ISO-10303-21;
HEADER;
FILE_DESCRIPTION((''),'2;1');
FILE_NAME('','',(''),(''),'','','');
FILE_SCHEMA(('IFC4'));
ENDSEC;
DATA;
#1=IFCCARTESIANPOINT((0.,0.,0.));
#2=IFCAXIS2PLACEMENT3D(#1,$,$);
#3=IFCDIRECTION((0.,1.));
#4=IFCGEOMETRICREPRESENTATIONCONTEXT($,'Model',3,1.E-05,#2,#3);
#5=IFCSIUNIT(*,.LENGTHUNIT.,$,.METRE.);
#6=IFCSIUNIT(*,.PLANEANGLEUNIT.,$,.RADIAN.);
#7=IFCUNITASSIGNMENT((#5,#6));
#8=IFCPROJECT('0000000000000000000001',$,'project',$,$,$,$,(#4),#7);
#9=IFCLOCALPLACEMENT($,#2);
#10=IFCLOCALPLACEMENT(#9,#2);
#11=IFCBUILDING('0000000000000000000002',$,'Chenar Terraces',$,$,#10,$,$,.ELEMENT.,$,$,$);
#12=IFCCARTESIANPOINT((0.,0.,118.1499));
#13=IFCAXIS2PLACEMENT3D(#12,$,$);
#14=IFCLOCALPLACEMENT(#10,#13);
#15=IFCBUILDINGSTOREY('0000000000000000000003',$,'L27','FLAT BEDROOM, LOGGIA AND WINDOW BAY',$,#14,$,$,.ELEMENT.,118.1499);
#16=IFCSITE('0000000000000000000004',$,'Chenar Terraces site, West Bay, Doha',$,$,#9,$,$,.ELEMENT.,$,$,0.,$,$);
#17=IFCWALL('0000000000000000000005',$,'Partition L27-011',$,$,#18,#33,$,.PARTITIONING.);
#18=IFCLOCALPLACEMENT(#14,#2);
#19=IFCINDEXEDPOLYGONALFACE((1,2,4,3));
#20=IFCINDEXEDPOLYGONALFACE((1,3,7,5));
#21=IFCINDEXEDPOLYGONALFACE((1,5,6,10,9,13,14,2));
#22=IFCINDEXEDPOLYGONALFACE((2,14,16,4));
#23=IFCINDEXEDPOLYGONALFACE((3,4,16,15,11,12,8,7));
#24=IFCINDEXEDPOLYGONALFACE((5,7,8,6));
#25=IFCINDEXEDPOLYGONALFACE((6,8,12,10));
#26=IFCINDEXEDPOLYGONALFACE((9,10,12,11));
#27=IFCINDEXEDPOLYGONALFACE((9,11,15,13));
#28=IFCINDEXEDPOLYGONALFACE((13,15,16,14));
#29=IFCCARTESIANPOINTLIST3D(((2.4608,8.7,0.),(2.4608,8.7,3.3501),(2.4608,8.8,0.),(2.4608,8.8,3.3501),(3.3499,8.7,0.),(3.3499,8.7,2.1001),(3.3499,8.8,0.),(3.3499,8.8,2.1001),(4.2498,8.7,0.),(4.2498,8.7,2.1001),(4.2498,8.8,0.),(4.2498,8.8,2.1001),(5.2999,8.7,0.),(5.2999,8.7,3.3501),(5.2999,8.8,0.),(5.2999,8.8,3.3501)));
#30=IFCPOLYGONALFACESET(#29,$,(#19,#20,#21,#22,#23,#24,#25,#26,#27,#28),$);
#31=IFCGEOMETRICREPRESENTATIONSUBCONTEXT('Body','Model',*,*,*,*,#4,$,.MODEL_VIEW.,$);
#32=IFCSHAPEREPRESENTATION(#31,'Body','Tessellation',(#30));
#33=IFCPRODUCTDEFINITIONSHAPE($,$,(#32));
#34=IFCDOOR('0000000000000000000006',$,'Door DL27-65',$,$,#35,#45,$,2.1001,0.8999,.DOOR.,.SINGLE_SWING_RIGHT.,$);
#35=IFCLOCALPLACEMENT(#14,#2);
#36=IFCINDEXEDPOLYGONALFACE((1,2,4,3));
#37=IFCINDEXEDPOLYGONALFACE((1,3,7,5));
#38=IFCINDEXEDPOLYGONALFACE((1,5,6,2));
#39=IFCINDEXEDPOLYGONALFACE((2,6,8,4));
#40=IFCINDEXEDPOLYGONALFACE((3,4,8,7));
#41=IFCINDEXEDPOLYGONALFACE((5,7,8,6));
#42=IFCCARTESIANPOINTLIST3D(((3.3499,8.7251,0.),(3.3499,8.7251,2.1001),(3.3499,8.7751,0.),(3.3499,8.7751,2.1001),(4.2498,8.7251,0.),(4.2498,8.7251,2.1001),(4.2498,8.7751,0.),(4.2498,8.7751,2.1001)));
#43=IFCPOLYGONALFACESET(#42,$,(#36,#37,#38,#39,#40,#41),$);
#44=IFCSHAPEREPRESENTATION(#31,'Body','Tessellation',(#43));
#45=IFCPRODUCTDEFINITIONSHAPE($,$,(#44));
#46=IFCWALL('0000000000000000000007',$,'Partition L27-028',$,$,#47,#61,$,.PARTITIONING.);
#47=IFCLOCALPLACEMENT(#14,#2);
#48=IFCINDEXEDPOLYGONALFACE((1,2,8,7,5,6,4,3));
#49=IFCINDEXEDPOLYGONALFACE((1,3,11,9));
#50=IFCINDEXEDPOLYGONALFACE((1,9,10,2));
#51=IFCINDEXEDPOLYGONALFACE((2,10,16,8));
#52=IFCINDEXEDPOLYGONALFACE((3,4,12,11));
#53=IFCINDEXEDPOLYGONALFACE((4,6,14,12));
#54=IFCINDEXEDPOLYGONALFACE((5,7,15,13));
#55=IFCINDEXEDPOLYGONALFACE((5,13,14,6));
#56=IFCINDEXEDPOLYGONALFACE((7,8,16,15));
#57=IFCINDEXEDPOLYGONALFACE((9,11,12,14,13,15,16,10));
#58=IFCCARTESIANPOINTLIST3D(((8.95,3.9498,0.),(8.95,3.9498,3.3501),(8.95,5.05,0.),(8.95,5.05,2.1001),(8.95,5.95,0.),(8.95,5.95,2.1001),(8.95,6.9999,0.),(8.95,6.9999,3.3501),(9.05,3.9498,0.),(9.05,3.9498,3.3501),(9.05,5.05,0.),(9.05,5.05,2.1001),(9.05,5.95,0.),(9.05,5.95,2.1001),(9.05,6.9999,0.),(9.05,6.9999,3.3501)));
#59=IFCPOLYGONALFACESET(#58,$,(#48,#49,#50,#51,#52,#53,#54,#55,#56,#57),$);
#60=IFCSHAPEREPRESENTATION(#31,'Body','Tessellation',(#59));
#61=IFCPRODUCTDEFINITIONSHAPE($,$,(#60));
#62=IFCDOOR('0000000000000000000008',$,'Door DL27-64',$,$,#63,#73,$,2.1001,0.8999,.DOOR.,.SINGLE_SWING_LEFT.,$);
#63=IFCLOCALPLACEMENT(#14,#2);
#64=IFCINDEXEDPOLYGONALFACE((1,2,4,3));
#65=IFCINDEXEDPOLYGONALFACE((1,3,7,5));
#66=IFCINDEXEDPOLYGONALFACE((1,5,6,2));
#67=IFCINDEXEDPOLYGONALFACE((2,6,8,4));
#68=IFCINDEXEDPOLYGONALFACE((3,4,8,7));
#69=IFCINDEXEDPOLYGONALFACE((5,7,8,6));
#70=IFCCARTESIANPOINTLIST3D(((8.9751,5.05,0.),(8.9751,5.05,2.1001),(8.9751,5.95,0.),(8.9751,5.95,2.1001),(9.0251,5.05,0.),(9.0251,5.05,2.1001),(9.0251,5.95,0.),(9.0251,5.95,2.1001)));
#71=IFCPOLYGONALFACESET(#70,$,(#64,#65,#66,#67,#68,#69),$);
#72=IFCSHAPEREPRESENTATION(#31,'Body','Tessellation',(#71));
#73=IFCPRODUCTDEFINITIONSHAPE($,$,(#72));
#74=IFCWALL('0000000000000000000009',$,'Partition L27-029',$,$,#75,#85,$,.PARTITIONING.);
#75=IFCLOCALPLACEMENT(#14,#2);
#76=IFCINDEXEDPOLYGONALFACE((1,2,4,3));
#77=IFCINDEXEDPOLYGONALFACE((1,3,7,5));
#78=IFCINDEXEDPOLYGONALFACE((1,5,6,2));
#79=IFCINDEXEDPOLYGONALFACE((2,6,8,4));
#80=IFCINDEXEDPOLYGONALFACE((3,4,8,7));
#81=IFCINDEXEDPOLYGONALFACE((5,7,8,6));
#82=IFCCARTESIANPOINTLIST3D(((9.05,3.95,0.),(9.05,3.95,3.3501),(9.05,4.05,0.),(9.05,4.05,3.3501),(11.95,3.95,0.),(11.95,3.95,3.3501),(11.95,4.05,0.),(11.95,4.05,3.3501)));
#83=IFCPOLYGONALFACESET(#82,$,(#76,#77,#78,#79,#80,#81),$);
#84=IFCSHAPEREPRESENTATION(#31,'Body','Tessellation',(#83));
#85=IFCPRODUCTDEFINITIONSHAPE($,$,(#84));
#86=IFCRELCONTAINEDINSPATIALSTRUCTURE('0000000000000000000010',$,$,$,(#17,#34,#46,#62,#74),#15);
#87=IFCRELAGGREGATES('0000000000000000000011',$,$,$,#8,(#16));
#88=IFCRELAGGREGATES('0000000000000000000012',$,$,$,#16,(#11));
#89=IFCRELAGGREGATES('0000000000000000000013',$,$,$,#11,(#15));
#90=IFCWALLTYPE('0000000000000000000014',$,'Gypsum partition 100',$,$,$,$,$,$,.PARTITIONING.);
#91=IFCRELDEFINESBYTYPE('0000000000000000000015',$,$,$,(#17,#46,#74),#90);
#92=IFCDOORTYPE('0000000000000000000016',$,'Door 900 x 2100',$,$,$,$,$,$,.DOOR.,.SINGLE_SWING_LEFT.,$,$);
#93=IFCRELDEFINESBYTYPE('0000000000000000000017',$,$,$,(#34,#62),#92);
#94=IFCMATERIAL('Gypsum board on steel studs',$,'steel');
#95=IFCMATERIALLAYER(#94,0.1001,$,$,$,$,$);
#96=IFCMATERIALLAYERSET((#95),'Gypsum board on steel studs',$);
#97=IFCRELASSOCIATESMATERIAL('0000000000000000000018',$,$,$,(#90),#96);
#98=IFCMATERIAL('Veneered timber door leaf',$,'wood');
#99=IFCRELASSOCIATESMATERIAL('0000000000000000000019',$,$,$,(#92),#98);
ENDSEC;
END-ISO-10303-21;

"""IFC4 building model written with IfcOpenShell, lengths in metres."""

from ifc_helpers import new_model, si_unit, direction, frame, frame_2d, origin, place, context, subcontext, project, spatial, rectangle, extrude, material, layer, layer_set, type_object, element, fill, save


model = new_model("IFC4")

# Units and contexts
model_context = context("Model", 3, precision=1e-05, world=origin(), true_north=direction((0.0, 1.0)))
body_context = subcontext(model_context, "Body", "Model", "MODEL_VIEW")
ifc_project = project(units=[si_unit("LENGTHUNIT", "METRE"), si_unit("PLANEANGLEUNIT", "RADIAN")], contexts=[model_context])

# Site, building, storey
site_placement = place(None, origin())
site = spatial("IfcSite", under=ifc_project, at=site_placement, Name="Chenar Terraces site, West Bay, Doha", CompositionType="ELEMENT", RefElevation=0.0)
building_placement = place(site_placement, origin())
building = spatial("IfcBuilding", under=site, at=building_placement, Name="Chenar Terraces", CompositionType="ELEMENT")
storey_placement = place(building_placement, frame((0.0, 0.0, 118.1499)))
storey = spatial("IfcBuildingStorey", under=building, at=storey_placement, Name="L27", Description="FLAT BEDROOM, LOGGIA AND WINDOW BAY", CompositionType="ELEMENT", Elevation=118.1499)

# Walls, openings, doors
ifc_material_1 = material(Name="Gypsum board on steel studs", Category="steel")
ifc_layer_1 = layer(ifc_material_1, 0.1001)
ifc_layer_set_1 = layer_set([ifc_layer_1], Name="Gypsum board on steel studs")
wall_type_1 = type_object("IfcWallType", Name="Gypsum partition 100", PredefinedType="PARTITIONING", material=ifc_layer_set_1)
wall_1_placement = place(storey_placement, frame((2.4609, 8.75, 0.0), z_axis=(0.0, 0.0, 1.0), x_axis=(1.0, 0.0, 0.0)))
wall_1 = element("IfcWall", 1, at=wall_1_placement, inside=storey, type_object=wall_type_1, Name="Partition L27-011", PredefinedType="PARTITIONING", context=body_context, shape_type="SweptSolid", body=[
    extrude(rectangle(XDim=2.8391, YDim=0.1001, at=frame_2d((1.4194, 0.0))), origin(), (0.0, 0.0, 1.0), 3.3501),
])
opening_1_placement = place(wall_1_placement, frame((0.8889, 0.0, 0.0)))
opening_1 = element("IfcOpeningElement", 2, at=opening_1_placement, cuts=wall_1, PredefinedType="OPENING", context=body_context, shape_type="SweptSolid", body=[
    extrude(rectangle(XDim=0.8999, YDim=2.1001, at=frame_2d((0.45, 1.05))), frame((0.0, 0.0601, 0.0), z_axis=(0.0, -1.0, 0.0), x_axis=(1.0, 0.0, 0.0)), (0.0, 0.0, 1.0), 0.1201),
])
ifc_material_2 = material(Name="Veneered timber door leaf", Category="wood")
door_type_1 = type_object("IfcDoorType", Name="Door 900 x 2100", OperationType="SINGLE_SWING_LEFT", PredefinedType="DOOR", material=ifc_material_2)
door_1_placement = place(opening_1_placement, frame((0.8999, 0.0, 0.0), z_axis=(0.0, 0.0, 1.0), x_axis=(-1.0, 0.0, 0.0)))
door_1 = element("IfcDoor", 3, at=door_1_placement, inside=storey, type_object=door_type_1, Name="Door DL27-65", OperationType="SINGLE_SWING_RIGHT", OverallHeight=2.1001, OverallWidth=0.8999, PredefinedType="DOOR", context=body_context, shape_type="SweptSolid", body=[
    extrude(rectangle(XDim=0.8999, YDim=2.1001, at=frame_2d((0.45, 1.05))), frame((0.0, 0.0249, 0.0), z_axis=(0.0, -1.0, 0.0), x_axis=(1.0, 0.0, 0.0)), (0.0, 0.0, 1.0), 0.05),
])
fill(opening_1, door_1)
wall_2_placement = place(storey_placement, frame((9.0, 3.95, 0.0), z_axis=(0.0, 0.0, 1.0), x_axis=(0.0, 1.0, 0.0)))
wall_2 = element("IfcWall", 4, at=wall_2_placement, inside=storey, type_object=wall_type_1, Name="Partition L27-028", PredefinedType="PARTITIONING", context=body_context, shape_type="SweptSolid", body=[
    extrude(rectangle(XDim=3.05, YDim=0.1001, at=frame_2d((1.5249, 0.0))), origin(), (0.0, 0.0, 1.0), 3.3501),
])
opening_2_placement = place(wall_2_placement, frame((1.1001, 0.0, 0.0)))
opening_2 = element("IfcOpeningElement", 5, at=opening_2_placement, cuts=wall_2, PredefinedType="OPENING", context=body_context, shape_type="SweptSolid", body=[
    extrude(rectangle(XDim=0.8999, YDim=2.1001, at=frame_2d((0.45, 1.05))), frame((0.0, 0.0601, 0.0), z_axis=(0.0, -1.0, 0.0), x_axis=(1.0, 0.0, 0.0)), (0.0, 0.0, 1.0), 0.1201),
])
door_2_placement = place(opening_2_placement, origin())
door_2 = element("IfcDoor", 6, at=door_2_placement, inside=storey, type_object=door_type_1, Name="Door DL27-64", OperationType="SINGLE_SWING_LEFT", OverallHeight=2.1001, OverallWidth=0.8999, PredefinedType="DOOR", context=body_context, shape_type="SweptSolid", body=[
    extrude(rectangle(XDim=0.8999, YDim=2.1001, at=frame_2d((0.45, 1.05))), frame((0.0, 0.0249, 0.0), z_axis=(0.0, -1.0, 0.0), x_axis=(1.0, 0.0, 0.0)), (0.0, 0.0, 1.0), 0.05),
])
fill(opening_2, door_2)

# Wall
wall_3_placement = place(storey_placement, frame((9.05, 4.0, 0.0), z_axis=(0.0, 0.0, 1.0), x_axis=(1.0, 0.0, 0.0)))
element("IfcWall", 7, at=wall_3_placement, inside=storey, type_object=wall_type_1, Name="Partition L27-029", PredefinedType="PARTITIONING", context=body_context, shape_type="SweptSolid", body=[
    extrude(rectangle(XDim=2.8999, YDim=0.1001, at=frame_2d((1.45, 0.0))), origin(), (0.0, 0.0, 1.0), 3.3501),
])

save(model, "model.ifc")
